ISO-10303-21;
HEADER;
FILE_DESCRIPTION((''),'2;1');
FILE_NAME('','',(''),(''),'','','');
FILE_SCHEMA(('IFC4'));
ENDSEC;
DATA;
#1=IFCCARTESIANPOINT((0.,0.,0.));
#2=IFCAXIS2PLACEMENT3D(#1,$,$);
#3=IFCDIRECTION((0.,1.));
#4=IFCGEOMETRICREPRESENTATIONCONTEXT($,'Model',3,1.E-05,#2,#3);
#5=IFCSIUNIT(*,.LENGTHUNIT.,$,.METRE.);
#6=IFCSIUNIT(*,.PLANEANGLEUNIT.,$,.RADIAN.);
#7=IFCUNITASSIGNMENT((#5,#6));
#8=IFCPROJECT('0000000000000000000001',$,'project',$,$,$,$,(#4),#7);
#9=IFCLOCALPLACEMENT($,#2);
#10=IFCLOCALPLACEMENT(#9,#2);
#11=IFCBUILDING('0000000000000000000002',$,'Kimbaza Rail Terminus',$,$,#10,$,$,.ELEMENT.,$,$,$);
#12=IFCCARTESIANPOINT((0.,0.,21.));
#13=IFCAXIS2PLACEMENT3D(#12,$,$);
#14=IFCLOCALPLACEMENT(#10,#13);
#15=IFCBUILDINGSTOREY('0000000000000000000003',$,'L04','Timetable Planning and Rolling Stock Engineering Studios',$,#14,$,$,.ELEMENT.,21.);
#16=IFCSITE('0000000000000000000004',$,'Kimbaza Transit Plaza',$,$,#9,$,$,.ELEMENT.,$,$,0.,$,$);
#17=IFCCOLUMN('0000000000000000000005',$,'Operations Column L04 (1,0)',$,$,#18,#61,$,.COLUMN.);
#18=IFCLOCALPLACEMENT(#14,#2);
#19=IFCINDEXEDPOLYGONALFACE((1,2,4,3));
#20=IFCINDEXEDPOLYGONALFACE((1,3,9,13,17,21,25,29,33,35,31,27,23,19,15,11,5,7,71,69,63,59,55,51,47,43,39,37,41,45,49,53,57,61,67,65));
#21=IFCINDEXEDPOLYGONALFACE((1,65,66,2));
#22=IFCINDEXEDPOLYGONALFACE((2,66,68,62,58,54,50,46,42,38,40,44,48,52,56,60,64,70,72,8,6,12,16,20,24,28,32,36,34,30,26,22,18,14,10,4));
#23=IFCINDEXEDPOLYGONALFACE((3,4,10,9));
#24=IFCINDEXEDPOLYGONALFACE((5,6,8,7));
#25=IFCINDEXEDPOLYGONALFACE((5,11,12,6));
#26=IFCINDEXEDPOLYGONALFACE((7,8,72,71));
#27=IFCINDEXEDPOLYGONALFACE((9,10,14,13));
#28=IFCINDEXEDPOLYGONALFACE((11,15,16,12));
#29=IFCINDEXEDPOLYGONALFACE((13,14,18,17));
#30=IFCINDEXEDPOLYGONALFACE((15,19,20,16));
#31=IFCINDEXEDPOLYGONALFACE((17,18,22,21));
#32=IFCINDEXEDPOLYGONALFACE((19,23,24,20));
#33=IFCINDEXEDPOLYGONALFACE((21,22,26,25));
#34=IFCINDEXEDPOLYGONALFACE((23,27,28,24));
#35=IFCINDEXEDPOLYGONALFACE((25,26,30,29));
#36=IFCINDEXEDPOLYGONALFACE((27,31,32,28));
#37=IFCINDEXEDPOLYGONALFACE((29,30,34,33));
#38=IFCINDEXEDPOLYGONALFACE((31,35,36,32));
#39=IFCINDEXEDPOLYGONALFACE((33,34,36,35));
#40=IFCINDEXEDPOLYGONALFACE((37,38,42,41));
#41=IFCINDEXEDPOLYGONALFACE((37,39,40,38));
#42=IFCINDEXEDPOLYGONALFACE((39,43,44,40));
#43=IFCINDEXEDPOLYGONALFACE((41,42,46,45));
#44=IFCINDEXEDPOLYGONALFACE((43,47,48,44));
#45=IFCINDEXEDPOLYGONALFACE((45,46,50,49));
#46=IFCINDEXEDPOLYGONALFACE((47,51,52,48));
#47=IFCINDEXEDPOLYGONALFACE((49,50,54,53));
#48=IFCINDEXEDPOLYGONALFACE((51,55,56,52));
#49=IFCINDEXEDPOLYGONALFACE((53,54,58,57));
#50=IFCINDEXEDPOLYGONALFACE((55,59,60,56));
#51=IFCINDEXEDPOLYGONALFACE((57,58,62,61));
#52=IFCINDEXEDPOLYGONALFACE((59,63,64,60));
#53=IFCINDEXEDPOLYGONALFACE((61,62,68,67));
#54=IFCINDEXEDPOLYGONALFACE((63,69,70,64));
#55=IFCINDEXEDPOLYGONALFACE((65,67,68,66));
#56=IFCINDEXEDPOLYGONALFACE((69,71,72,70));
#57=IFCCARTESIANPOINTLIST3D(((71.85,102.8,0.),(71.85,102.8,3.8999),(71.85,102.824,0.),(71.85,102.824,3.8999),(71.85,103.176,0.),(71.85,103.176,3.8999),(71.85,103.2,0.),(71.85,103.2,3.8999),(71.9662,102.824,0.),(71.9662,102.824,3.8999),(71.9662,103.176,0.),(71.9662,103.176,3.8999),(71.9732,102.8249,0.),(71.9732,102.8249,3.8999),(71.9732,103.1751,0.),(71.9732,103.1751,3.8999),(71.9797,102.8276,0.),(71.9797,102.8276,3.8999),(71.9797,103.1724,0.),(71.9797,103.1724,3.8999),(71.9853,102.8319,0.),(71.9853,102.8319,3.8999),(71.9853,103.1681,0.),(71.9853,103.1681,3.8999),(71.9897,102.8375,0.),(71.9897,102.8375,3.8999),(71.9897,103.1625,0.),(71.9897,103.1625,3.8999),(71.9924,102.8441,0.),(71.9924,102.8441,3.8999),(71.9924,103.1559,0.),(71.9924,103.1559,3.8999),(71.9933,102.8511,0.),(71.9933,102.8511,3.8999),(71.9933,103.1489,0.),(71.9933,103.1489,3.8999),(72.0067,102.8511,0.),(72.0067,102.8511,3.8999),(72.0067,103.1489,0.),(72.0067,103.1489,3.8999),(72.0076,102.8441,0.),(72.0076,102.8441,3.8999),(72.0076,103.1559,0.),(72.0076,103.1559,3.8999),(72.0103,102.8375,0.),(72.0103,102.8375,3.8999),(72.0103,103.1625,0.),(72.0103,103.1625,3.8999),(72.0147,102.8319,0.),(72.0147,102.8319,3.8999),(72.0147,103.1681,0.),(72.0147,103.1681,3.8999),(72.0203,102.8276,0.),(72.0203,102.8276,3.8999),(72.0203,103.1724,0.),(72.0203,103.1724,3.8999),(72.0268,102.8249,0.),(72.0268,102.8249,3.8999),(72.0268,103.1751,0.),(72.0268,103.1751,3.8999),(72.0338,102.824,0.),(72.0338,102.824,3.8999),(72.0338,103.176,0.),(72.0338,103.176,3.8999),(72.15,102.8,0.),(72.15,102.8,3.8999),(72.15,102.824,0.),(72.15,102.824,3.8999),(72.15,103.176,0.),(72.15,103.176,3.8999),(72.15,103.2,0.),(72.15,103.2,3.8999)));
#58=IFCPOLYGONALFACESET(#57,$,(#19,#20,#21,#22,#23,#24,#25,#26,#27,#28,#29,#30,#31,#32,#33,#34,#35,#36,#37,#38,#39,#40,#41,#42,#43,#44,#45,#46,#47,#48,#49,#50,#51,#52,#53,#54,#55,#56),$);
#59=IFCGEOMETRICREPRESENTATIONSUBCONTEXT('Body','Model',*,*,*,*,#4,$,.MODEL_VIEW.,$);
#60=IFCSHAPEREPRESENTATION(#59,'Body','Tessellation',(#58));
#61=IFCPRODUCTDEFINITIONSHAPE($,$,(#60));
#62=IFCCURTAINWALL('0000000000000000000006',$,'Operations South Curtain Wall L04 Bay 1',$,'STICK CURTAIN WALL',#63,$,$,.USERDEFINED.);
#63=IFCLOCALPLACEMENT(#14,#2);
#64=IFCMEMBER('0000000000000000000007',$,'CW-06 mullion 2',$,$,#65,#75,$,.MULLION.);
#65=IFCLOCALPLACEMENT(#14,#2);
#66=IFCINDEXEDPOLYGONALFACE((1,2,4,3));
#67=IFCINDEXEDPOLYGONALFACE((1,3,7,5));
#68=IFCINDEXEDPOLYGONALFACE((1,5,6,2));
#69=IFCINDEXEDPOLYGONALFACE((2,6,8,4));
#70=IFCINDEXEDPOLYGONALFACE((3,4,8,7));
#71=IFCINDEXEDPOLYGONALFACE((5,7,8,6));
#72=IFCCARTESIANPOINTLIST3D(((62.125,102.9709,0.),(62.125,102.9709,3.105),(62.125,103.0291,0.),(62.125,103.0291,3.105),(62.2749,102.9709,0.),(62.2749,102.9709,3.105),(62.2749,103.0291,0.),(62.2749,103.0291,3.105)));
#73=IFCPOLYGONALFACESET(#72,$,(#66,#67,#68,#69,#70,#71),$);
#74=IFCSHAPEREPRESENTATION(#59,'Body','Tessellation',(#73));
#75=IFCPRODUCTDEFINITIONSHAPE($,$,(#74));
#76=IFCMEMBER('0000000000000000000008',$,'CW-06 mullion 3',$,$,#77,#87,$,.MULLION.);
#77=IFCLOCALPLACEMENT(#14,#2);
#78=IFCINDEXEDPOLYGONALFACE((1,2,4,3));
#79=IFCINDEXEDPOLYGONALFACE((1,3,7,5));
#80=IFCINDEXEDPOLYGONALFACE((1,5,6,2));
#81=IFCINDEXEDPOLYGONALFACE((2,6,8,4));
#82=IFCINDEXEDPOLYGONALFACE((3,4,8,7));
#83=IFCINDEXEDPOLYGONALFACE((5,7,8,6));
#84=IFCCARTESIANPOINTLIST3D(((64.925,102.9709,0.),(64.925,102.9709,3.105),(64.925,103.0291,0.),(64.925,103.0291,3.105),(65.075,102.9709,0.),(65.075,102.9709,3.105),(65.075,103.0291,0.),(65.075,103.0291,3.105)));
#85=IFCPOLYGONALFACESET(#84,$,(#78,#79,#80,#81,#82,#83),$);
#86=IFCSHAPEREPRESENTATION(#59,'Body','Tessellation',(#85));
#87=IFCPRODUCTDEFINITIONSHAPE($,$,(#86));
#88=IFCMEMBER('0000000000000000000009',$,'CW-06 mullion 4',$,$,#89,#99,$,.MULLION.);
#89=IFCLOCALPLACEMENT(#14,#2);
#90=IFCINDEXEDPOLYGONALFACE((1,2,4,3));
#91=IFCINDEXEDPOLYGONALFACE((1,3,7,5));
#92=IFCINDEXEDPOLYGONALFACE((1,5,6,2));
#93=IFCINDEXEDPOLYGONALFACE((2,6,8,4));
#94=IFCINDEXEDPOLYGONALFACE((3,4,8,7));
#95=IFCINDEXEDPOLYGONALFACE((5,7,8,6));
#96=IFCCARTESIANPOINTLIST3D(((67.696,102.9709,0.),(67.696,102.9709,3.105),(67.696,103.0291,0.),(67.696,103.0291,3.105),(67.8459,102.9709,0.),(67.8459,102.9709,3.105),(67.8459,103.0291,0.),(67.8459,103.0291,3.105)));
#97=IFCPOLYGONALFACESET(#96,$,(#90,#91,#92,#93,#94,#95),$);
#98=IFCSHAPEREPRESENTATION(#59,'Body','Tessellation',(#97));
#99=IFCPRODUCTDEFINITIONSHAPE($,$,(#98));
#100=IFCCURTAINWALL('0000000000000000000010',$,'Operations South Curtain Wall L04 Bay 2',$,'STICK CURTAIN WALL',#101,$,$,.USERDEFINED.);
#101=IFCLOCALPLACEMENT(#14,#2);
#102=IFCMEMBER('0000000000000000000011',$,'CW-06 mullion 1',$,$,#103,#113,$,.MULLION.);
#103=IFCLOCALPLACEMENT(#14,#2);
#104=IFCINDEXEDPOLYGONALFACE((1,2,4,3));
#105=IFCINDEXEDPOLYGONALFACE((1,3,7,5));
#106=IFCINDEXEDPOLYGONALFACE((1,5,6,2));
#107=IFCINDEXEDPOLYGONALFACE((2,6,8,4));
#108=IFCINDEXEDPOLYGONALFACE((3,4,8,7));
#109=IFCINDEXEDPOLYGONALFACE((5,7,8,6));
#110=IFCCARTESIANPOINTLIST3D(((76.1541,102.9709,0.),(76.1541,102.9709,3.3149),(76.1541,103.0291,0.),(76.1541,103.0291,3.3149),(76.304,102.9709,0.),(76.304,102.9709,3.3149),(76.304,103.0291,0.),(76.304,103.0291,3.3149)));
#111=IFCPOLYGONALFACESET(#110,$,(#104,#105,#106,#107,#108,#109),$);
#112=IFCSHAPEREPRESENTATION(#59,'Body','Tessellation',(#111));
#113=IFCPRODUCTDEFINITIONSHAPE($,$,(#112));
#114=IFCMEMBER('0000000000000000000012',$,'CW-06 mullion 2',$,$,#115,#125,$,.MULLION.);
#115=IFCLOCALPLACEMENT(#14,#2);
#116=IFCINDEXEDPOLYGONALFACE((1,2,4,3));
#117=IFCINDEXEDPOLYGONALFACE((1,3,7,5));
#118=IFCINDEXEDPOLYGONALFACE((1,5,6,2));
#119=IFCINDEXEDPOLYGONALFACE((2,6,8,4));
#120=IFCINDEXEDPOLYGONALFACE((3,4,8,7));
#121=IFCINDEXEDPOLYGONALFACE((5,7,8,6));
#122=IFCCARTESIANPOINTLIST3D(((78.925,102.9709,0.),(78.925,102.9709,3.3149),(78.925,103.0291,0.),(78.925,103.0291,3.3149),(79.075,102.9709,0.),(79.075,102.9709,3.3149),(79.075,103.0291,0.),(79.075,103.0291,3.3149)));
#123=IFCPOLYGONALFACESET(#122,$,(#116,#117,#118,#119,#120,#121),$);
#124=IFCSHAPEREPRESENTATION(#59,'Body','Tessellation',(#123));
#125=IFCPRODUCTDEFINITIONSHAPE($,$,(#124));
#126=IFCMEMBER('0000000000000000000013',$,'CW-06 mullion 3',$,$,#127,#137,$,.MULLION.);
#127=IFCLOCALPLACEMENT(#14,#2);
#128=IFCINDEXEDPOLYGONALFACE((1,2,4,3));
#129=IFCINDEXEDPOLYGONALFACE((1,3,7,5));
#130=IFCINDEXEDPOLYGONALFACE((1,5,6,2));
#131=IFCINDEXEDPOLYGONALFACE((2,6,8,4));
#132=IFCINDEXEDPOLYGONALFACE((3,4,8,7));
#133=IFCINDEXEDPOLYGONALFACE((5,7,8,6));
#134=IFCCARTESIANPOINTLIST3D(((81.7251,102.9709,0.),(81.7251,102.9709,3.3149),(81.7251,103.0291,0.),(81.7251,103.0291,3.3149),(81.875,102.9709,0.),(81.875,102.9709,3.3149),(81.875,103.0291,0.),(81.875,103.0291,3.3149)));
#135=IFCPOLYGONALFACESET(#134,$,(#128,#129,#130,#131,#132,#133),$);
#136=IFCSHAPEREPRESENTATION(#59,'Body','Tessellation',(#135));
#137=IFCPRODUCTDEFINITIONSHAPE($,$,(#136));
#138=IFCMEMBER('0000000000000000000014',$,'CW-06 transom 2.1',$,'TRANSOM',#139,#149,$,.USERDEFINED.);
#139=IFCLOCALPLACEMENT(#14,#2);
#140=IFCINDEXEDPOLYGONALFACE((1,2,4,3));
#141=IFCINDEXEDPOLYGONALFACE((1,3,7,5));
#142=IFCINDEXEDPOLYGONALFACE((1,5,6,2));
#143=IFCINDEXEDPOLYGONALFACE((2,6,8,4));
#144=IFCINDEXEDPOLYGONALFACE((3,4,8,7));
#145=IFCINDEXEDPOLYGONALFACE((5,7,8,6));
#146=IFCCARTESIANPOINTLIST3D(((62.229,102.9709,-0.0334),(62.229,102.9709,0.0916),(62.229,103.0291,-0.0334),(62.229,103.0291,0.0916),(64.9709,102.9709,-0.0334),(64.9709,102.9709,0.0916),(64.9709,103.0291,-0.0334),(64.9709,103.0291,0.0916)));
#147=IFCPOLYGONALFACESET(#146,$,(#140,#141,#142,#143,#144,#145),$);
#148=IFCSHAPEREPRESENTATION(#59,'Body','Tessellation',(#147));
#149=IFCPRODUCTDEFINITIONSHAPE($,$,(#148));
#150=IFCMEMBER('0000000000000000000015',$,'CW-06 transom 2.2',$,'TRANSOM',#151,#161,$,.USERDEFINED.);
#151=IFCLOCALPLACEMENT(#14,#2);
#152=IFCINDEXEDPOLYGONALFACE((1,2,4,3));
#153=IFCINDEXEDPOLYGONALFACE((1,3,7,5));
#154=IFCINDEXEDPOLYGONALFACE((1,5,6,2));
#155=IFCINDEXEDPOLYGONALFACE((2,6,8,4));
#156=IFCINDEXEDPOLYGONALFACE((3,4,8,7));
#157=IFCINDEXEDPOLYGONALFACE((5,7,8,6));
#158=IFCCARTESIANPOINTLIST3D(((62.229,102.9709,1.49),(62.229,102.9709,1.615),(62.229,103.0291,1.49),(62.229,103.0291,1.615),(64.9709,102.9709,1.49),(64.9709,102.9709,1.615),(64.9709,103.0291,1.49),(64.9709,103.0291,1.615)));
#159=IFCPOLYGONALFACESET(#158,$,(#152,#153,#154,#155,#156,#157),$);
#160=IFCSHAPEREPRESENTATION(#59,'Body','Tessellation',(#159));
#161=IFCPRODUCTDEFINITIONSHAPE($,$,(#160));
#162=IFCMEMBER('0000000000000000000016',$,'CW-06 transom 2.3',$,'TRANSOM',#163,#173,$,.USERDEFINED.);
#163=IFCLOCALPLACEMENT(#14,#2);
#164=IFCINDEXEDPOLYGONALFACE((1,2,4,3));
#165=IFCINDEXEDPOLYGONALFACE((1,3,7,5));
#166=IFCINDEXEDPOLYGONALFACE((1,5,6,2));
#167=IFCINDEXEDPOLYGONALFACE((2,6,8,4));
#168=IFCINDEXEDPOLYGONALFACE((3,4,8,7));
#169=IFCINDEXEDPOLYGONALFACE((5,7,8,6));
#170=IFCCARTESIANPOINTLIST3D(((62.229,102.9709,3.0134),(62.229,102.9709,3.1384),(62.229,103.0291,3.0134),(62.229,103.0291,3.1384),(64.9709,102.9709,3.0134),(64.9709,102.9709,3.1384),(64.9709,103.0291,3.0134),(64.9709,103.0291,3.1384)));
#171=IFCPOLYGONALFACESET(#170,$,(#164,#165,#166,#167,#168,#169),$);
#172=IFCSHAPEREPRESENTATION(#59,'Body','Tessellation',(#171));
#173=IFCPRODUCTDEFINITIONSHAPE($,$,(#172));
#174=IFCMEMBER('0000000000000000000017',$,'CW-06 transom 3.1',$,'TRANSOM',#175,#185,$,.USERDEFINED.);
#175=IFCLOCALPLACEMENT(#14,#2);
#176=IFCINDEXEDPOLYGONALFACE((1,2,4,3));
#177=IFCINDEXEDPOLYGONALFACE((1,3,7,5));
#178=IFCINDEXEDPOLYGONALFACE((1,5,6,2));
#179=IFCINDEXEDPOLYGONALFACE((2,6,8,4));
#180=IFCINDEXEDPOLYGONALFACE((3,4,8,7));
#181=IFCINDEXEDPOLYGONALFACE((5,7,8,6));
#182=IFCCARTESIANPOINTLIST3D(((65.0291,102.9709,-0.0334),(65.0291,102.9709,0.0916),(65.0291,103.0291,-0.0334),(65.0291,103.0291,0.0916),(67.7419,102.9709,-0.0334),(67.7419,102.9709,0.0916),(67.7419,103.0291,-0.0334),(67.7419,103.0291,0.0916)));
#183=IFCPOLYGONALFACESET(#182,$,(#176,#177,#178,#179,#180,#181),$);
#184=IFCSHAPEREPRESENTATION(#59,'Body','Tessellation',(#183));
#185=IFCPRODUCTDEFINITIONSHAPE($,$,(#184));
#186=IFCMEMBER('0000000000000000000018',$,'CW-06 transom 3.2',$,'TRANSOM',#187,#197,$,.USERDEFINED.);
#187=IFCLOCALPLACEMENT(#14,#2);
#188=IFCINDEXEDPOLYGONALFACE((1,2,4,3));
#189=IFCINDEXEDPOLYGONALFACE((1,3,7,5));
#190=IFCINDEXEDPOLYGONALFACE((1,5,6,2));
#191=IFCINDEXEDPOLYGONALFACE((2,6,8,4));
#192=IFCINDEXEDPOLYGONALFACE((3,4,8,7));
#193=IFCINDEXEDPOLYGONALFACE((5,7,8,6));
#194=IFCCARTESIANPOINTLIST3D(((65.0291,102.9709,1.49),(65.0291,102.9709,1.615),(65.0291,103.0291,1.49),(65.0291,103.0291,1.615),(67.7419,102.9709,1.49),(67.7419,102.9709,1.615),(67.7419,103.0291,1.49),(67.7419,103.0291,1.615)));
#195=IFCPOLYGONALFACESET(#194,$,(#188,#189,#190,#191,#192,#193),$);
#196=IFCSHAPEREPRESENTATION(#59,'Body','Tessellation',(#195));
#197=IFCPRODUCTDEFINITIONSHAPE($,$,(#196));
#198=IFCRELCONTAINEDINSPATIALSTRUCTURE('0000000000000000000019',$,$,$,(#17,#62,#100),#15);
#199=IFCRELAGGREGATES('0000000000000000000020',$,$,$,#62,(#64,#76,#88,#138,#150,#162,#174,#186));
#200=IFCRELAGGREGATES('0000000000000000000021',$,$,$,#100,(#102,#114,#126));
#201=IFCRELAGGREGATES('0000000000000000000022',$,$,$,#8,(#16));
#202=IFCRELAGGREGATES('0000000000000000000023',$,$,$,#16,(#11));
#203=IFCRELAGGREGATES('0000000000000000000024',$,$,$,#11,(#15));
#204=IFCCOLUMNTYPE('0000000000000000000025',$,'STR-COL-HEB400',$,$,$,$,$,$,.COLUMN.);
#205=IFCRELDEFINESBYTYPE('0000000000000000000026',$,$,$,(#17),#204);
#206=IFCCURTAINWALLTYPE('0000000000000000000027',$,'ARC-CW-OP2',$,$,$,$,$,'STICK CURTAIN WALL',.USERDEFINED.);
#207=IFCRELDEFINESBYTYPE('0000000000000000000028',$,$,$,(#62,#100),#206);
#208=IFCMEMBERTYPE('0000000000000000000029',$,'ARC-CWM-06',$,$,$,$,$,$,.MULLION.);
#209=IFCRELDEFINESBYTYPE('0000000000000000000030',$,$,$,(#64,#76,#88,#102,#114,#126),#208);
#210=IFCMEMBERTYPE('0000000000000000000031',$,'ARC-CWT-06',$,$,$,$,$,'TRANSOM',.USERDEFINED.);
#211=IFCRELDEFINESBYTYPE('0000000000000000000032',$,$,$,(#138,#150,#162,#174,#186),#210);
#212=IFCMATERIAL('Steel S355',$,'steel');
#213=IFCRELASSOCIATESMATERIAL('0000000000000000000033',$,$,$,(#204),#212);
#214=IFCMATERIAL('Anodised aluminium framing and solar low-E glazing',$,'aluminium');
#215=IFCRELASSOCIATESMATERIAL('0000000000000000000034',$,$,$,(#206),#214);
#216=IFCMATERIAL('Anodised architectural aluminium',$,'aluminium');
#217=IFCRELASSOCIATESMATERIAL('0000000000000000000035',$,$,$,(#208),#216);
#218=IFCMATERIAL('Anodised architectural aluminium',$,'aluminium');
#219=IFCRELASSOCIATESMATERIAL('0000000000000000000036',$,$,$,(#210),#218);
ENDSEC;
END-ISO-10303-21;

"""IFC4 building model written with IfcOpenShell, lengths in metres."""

from ifc_helpers import new_model, si_unit, direction, frame, origin, origin_2d, place, context, subcontext, project, spatial, rectangle, i_section, extrude, material, material_profile, profile_set, type_object, element, aggregate, save


model = new_model("IFC4")

# Units and contexts
model_context = context("Model", 3, precision=1e-05, world=origin(), true_north=direction((0.0, 1.0)))
body_context = subcontext(model_context, "Body", "Model", "MODEL_VIEW")
ifc_project = project(units=[si_unit("LENGTHUNIT", "METRE"), si_unit("PLANEANGLEUNIT", "RADIAN")], contexts=[model_context])

# Site, building, storey
site_placement = place(None, origin())
site = spatial("IfcSite", under=ifc_project, at=site_placement, Name="Kimbaza Transit Plaza", CompositionType="ELEMENT", RefElevation=0.0)
building_placement = place(site_placement, origin())
building = spatial("IfcBuilding", under=site, at=building_placement, Name="Kimbaza Rail Terminus", CompositionType="ELEMENT")
storey_placement = place(building_placement, frame((0.0, 0.0, 21.0)))
storey = spatial("IfcBuildingStorey", under=building, at=storey_placement, Name="L04", Description="Timetable Planning and Rolling Stock Engineering Studios", CompositionType="ELEMENT", Elevation=21.0)

# Column
ifc_material_1 = material(Name="Steel S355", Category="steel")
ifc_material_profile_1 = material_profile(ifc_material_1, i_section(OverallWidth=0.3, OverallDepth=0.3999, WebThickness=0.0134, FlangeThickness=0.0239, FilletRadius=0.0271, at=origin_2d()), Name="HEB 400")
ifc_profile_set_1 = profile_set([ifc_material_profile_1], Name="Steel S355")
column_type = type_object("IfcColumnType", Name="STR-COL-HEB400", PredefinedType="COLUMN", material=ifc_profile_set_1)
column_placement = place(storey_placement, frame((72.0, 103.0, 0.0), z_axis=(0.0, 0.0, 1.0), x_axis=(1.0, 0.0, 0.0)))
element("IfcColumn", 1, at=column_placement, inside=storey, type_object=column_type, Name="Operations Column L04 (1,0)", PredefinedType="COLUMN", context=body_context, shape_type="SweptSolid", body=[
    extrude(i_section(OverallWidth=0.3, OverallDepth=0.3999, WebThickness=0.0134, FlangeThickness=0.0239, FilletRadius=0.0271, at=origin_2d()), origin(), (0.0, 0.0, 1.0), 3.8999),
])

# Curtain walls, members
ifc_material_2 = material(Name="Anodised aluminium framing and solar low-E glazing", Category="aluminium")
curtain_wall_type = type_object("IfcCurtainWallType", Name="ARC-CW-OP2", ElementType="STICK CURTAIN WALL", PredefinedType="USERDEFINED", material=ifc_material_2)
curtain_wall_1_placement = place(storey_placement, origin())
curtain_wall_1 = element("IfcCurtainWall", 2, at=curtain_wall_1_placement, inside=storey, type_object=curtain_wall_type, Name="Operations South Curtain Wall L04 Bay 1", ObjectType="STICK CURTAIN WALL", PredefinedType="USERDEFINED")
ifc_material_3 = material(Name="Anodised architectural aluminium", Category="aluminium")
ifc_material_profile_2 = material_profile(ifc_material_3, rectangle(XDim=0.0581, YDim=0.1499, at=origin_2d()), Name="MULLION 58x150")
ifc_profile_set_2 = profile_set([ifc_material_profile_2], Name="Anodised architectural aluminium")
member_type_1 = type_object("IfcMemberType", Name="ARC-CWM-06", PredefinedType="MULLION", material=ifc_profile_set_2)
member_1_placement = place(storey_placement, frame((62.2, 103.0, 0.0), z_axis=(0.0, 0.0, 1.0), x_axis=(0.0, 1.0, 0.0)))
member_1 = element("IfcMember", 3, at=member_1_placement, type_object=member_type_1, Name="CW-06 mullion 2", PredefinedType="MULLION", context=body_context, shape_type="SweptSolid", body=[
    extrude(rectangle(XDim=0.0581, YDim=0.1499, at=origin_2d()), origin(), (0.0, 0.0, 1.0), 3.105),
])
member_2_placement = place(storey_placement, frame((65.0, 103.0, 0.0), z_axis=(0.0, 0.0, 1.0), x_axis=(0.0, 1.0, 0.0)))
member_2 = element("IfcMember", 4, at=member_2_placement, type_object=member_type_1, Name="CW-06 mullion 3", PredefinedType="MULLION", context=body_context, shape_type="SweptSolid", body=[
    extrude(rectangle(XDim=0.0581, YDim=0.1499, at=origin_2d()), origin(), (0.0, 0.0, 1.0), 3.105),
])
member_3_placement = place(storey_placement, frame((67.771, 103.0, 0.0), z_axis=(0.0, 0.0, 1.0), x_axis=(0.0, 1.0, 0.0)))
member_3 = element("IfcMember", 5, at=member_3_placement, type_object=member_type_1, Name="CW-06 mullion 4", PredefinedType="MULLION", context=body_context, shape_type="SweptSolid", body=[
    extrude(rectangle(XDim=0.0581, YDim=0.1499, at=origin_2d()), origin(), (0.0, 0.0, 1.0), 3.105),
])
curtain_wall_2_placement = place(storey_placement, origin())
curtain_wall_2 = element("IfcCurtainWall", 6, at=curtain_wall_2_placement, inside=storey, type_object=curtain_wall_type, Name="Operations South Curtain Wall L04 Bay 2", ObjectType="STICK CURTAIN WALL", PredefinedType="USERDEFINED")
member_4_placement = place(storey_placement, frame((76.229, 103.0, 0.0), z_axis=(0.0, 0.0, 1.0), x_axis=(0.0, 1.0, 0.0)))
member_4 = element("IfcMember", 7, at=member_4_placement, type_object=member_type_1, Name="CW-06 mullion 1", PredefinedType="MULLION", context=body_context, shape_type="SweptSolid", body=[
    extrude(rectangle(XDim=0.0581, YDim=0.1499, at=origin_2d()), origin(), (0.0, 0.0, 1.0), 3.3149),
])
member_5_placement = place(storey_placement, frame((79.0, 103.0, 0.0), z_axis=(0.0, 0.0, 1.0), x_axis=(0.0, 1.0, 0.0)))
member_5 = element("IfcMember", 8, at=member_5_placement, type_object=member_type_1, Name="CW-06 mullion 2", PredefinedType="MULLION", context=body_context, shape_type="SweptSolid", body=[
    extrude(rectangle(XDim=0.0581, YDim=0.1499, at=origin_2d()), origin(), (0.0, 0.0, 1.0), 3.3149),
])
member_6_placement = place(storey_placement, frame((81.8, 103.0, 0.0), z_axis=(0.0, 0.0, 1.0), x_axis=(0.0, 1.0, 0.0)))
member_6 = element("IfcMember", 9, at=member_6_placement, type_object=member_type_1, Name="CW-06 mullion 3", PredefinedType="MULLION", context=body_context, shape_type="SweptSolid", body=[
    extrude(rectangle(XDim=0.0581, YDim=0.1499, at=origin_2d()), origin(), (0.0, 0.0, 1.0), 3.3149),
])

# Members
ifc_material_4 = material(Name="Anodised architectural aluminium", Category="aluminium")
ifc_material_profile_3 = material_profile(ifc_material_4, rectangle(XDim=0.0581, YDim=0.125, at=origin_2d()), Name="TRANSOM 58x125")
ifc_profile_set_3 = profile_set([ifc_material_profile_3], Name="Anodised architectural aluminium")
member_type_2 = type_object("IfcMemberType", Name="ARC-CWT-06", ElementType="TRANSOM", PredefinedType="USERDEFINED", material=ifc_profile_set_3)
member_7_placement = place(storey_placement, frame((62.229, 103.0, 0.0291), z_axis=(1.0, 0.0, 0.0), x_axis=(0.0, 1.0, 0.0)))
member_7 = element("IfcMember", 10, at=member_7_placement, type_object=member_type_2, Name="CW-06 transom 2.1", ObjectType="TRANSOM", PredefinedType="USERDEFINED", context=body_context, shape_type="SweptSolid", body=[
    extrude(rectangle(XDim=0.0581, YDim=0.125, at=origin_2d()), origin(), (0.0, 0.0, 1.0), 2.7419),
])
member_8_placement = place(storey_placement, frame((62.229, 103.0, 1.5525), z_axis=(1.0, 0.0, 0.0), x_axis=(0.0, 1.0, 0.0)))
member_8 = element("IfcMember", 11, at=member_8_placement, type_object=member_type_2, Name="CW-06 transom 2.2", ObjectType="TRANSOM", PredefinedType="USERDEFINED", context=body_context, shape_type="SweptSolid", body=[
    extrude(rectangle(XDim=0.0581, YDim=0.125, at=origin_2d()), origin(), (0.0, 0.0, 1.0), 2.7419),
])
member_9_placement = place(storey_placement, frame((62.229, 103.0, 3.0759), z_axis=(1.0, 0.0, 0.0), x_axis=(0.0, 1.0, 0.0)))
member_9 = element("IfcMember", 12, at=member_9_placement, type_object=member_type_2, Name="CW-06 transom 2.3", ObjectType="TRANSOM", PredefinedType="USERDEFINED", context=body_context, shape_type="SweptSolid", body=[
    extrude(rectangle(XDim=0.0581, YDim=0.125, at=origin_2d()), origin(), (0.0, 0.0, 1.0), 2.7419),
])
member_10_placement = place(storey_placement, frame((65.0291, 103.0, 0.0291), z_axis=(1.0, 0.0, 0.0), x_axis=(0.0, 1.0, 0.0)))
member_10 = element("IfcMember", 13, at=member_10_placement, type_object=member_type_2, Name="CW-06 transom 3.1", ObjectType="TRANSOM", PredefinedType="USERDEFINED", context=body_context, shape_type="SweptSolid", body=[
    extrude(rectangle(XDim=0.0581, YDim=0.125, at=origin_2d()), origin(), (0.0, 0.0, 1.0), 2.7129),
])
member_11_placement = place(storey_placement, frame((65.0291, 103.0, 1.5525), z_axis=(1.0, 0.0, 0.0), x_axis=(0.0, 1.0, 0.0)))
member_11 = element("IfcMember", 14, at=member_11_placement, type_object=member_type_2, Name="CW-06 transom 3.2", ObjectType="TRANSOM", PredefinedType="USERDEFINED", context=body_context, shape_type="SweptSolid", body=[
    extrude(rectangle(XDim=0.0581, YDim=0.125, at=origin_2d()), origin(), (0.0, 0.0, 1.0), 2.7129),
])

aggregate(curtain_wall_1, [member_1, member_2, member_3, member_7, member_8, member_9, member_10, member_11])
aggregate(curtain_wall_2, [member_4, member_5, member_6])

save(model, "model.ifc")
